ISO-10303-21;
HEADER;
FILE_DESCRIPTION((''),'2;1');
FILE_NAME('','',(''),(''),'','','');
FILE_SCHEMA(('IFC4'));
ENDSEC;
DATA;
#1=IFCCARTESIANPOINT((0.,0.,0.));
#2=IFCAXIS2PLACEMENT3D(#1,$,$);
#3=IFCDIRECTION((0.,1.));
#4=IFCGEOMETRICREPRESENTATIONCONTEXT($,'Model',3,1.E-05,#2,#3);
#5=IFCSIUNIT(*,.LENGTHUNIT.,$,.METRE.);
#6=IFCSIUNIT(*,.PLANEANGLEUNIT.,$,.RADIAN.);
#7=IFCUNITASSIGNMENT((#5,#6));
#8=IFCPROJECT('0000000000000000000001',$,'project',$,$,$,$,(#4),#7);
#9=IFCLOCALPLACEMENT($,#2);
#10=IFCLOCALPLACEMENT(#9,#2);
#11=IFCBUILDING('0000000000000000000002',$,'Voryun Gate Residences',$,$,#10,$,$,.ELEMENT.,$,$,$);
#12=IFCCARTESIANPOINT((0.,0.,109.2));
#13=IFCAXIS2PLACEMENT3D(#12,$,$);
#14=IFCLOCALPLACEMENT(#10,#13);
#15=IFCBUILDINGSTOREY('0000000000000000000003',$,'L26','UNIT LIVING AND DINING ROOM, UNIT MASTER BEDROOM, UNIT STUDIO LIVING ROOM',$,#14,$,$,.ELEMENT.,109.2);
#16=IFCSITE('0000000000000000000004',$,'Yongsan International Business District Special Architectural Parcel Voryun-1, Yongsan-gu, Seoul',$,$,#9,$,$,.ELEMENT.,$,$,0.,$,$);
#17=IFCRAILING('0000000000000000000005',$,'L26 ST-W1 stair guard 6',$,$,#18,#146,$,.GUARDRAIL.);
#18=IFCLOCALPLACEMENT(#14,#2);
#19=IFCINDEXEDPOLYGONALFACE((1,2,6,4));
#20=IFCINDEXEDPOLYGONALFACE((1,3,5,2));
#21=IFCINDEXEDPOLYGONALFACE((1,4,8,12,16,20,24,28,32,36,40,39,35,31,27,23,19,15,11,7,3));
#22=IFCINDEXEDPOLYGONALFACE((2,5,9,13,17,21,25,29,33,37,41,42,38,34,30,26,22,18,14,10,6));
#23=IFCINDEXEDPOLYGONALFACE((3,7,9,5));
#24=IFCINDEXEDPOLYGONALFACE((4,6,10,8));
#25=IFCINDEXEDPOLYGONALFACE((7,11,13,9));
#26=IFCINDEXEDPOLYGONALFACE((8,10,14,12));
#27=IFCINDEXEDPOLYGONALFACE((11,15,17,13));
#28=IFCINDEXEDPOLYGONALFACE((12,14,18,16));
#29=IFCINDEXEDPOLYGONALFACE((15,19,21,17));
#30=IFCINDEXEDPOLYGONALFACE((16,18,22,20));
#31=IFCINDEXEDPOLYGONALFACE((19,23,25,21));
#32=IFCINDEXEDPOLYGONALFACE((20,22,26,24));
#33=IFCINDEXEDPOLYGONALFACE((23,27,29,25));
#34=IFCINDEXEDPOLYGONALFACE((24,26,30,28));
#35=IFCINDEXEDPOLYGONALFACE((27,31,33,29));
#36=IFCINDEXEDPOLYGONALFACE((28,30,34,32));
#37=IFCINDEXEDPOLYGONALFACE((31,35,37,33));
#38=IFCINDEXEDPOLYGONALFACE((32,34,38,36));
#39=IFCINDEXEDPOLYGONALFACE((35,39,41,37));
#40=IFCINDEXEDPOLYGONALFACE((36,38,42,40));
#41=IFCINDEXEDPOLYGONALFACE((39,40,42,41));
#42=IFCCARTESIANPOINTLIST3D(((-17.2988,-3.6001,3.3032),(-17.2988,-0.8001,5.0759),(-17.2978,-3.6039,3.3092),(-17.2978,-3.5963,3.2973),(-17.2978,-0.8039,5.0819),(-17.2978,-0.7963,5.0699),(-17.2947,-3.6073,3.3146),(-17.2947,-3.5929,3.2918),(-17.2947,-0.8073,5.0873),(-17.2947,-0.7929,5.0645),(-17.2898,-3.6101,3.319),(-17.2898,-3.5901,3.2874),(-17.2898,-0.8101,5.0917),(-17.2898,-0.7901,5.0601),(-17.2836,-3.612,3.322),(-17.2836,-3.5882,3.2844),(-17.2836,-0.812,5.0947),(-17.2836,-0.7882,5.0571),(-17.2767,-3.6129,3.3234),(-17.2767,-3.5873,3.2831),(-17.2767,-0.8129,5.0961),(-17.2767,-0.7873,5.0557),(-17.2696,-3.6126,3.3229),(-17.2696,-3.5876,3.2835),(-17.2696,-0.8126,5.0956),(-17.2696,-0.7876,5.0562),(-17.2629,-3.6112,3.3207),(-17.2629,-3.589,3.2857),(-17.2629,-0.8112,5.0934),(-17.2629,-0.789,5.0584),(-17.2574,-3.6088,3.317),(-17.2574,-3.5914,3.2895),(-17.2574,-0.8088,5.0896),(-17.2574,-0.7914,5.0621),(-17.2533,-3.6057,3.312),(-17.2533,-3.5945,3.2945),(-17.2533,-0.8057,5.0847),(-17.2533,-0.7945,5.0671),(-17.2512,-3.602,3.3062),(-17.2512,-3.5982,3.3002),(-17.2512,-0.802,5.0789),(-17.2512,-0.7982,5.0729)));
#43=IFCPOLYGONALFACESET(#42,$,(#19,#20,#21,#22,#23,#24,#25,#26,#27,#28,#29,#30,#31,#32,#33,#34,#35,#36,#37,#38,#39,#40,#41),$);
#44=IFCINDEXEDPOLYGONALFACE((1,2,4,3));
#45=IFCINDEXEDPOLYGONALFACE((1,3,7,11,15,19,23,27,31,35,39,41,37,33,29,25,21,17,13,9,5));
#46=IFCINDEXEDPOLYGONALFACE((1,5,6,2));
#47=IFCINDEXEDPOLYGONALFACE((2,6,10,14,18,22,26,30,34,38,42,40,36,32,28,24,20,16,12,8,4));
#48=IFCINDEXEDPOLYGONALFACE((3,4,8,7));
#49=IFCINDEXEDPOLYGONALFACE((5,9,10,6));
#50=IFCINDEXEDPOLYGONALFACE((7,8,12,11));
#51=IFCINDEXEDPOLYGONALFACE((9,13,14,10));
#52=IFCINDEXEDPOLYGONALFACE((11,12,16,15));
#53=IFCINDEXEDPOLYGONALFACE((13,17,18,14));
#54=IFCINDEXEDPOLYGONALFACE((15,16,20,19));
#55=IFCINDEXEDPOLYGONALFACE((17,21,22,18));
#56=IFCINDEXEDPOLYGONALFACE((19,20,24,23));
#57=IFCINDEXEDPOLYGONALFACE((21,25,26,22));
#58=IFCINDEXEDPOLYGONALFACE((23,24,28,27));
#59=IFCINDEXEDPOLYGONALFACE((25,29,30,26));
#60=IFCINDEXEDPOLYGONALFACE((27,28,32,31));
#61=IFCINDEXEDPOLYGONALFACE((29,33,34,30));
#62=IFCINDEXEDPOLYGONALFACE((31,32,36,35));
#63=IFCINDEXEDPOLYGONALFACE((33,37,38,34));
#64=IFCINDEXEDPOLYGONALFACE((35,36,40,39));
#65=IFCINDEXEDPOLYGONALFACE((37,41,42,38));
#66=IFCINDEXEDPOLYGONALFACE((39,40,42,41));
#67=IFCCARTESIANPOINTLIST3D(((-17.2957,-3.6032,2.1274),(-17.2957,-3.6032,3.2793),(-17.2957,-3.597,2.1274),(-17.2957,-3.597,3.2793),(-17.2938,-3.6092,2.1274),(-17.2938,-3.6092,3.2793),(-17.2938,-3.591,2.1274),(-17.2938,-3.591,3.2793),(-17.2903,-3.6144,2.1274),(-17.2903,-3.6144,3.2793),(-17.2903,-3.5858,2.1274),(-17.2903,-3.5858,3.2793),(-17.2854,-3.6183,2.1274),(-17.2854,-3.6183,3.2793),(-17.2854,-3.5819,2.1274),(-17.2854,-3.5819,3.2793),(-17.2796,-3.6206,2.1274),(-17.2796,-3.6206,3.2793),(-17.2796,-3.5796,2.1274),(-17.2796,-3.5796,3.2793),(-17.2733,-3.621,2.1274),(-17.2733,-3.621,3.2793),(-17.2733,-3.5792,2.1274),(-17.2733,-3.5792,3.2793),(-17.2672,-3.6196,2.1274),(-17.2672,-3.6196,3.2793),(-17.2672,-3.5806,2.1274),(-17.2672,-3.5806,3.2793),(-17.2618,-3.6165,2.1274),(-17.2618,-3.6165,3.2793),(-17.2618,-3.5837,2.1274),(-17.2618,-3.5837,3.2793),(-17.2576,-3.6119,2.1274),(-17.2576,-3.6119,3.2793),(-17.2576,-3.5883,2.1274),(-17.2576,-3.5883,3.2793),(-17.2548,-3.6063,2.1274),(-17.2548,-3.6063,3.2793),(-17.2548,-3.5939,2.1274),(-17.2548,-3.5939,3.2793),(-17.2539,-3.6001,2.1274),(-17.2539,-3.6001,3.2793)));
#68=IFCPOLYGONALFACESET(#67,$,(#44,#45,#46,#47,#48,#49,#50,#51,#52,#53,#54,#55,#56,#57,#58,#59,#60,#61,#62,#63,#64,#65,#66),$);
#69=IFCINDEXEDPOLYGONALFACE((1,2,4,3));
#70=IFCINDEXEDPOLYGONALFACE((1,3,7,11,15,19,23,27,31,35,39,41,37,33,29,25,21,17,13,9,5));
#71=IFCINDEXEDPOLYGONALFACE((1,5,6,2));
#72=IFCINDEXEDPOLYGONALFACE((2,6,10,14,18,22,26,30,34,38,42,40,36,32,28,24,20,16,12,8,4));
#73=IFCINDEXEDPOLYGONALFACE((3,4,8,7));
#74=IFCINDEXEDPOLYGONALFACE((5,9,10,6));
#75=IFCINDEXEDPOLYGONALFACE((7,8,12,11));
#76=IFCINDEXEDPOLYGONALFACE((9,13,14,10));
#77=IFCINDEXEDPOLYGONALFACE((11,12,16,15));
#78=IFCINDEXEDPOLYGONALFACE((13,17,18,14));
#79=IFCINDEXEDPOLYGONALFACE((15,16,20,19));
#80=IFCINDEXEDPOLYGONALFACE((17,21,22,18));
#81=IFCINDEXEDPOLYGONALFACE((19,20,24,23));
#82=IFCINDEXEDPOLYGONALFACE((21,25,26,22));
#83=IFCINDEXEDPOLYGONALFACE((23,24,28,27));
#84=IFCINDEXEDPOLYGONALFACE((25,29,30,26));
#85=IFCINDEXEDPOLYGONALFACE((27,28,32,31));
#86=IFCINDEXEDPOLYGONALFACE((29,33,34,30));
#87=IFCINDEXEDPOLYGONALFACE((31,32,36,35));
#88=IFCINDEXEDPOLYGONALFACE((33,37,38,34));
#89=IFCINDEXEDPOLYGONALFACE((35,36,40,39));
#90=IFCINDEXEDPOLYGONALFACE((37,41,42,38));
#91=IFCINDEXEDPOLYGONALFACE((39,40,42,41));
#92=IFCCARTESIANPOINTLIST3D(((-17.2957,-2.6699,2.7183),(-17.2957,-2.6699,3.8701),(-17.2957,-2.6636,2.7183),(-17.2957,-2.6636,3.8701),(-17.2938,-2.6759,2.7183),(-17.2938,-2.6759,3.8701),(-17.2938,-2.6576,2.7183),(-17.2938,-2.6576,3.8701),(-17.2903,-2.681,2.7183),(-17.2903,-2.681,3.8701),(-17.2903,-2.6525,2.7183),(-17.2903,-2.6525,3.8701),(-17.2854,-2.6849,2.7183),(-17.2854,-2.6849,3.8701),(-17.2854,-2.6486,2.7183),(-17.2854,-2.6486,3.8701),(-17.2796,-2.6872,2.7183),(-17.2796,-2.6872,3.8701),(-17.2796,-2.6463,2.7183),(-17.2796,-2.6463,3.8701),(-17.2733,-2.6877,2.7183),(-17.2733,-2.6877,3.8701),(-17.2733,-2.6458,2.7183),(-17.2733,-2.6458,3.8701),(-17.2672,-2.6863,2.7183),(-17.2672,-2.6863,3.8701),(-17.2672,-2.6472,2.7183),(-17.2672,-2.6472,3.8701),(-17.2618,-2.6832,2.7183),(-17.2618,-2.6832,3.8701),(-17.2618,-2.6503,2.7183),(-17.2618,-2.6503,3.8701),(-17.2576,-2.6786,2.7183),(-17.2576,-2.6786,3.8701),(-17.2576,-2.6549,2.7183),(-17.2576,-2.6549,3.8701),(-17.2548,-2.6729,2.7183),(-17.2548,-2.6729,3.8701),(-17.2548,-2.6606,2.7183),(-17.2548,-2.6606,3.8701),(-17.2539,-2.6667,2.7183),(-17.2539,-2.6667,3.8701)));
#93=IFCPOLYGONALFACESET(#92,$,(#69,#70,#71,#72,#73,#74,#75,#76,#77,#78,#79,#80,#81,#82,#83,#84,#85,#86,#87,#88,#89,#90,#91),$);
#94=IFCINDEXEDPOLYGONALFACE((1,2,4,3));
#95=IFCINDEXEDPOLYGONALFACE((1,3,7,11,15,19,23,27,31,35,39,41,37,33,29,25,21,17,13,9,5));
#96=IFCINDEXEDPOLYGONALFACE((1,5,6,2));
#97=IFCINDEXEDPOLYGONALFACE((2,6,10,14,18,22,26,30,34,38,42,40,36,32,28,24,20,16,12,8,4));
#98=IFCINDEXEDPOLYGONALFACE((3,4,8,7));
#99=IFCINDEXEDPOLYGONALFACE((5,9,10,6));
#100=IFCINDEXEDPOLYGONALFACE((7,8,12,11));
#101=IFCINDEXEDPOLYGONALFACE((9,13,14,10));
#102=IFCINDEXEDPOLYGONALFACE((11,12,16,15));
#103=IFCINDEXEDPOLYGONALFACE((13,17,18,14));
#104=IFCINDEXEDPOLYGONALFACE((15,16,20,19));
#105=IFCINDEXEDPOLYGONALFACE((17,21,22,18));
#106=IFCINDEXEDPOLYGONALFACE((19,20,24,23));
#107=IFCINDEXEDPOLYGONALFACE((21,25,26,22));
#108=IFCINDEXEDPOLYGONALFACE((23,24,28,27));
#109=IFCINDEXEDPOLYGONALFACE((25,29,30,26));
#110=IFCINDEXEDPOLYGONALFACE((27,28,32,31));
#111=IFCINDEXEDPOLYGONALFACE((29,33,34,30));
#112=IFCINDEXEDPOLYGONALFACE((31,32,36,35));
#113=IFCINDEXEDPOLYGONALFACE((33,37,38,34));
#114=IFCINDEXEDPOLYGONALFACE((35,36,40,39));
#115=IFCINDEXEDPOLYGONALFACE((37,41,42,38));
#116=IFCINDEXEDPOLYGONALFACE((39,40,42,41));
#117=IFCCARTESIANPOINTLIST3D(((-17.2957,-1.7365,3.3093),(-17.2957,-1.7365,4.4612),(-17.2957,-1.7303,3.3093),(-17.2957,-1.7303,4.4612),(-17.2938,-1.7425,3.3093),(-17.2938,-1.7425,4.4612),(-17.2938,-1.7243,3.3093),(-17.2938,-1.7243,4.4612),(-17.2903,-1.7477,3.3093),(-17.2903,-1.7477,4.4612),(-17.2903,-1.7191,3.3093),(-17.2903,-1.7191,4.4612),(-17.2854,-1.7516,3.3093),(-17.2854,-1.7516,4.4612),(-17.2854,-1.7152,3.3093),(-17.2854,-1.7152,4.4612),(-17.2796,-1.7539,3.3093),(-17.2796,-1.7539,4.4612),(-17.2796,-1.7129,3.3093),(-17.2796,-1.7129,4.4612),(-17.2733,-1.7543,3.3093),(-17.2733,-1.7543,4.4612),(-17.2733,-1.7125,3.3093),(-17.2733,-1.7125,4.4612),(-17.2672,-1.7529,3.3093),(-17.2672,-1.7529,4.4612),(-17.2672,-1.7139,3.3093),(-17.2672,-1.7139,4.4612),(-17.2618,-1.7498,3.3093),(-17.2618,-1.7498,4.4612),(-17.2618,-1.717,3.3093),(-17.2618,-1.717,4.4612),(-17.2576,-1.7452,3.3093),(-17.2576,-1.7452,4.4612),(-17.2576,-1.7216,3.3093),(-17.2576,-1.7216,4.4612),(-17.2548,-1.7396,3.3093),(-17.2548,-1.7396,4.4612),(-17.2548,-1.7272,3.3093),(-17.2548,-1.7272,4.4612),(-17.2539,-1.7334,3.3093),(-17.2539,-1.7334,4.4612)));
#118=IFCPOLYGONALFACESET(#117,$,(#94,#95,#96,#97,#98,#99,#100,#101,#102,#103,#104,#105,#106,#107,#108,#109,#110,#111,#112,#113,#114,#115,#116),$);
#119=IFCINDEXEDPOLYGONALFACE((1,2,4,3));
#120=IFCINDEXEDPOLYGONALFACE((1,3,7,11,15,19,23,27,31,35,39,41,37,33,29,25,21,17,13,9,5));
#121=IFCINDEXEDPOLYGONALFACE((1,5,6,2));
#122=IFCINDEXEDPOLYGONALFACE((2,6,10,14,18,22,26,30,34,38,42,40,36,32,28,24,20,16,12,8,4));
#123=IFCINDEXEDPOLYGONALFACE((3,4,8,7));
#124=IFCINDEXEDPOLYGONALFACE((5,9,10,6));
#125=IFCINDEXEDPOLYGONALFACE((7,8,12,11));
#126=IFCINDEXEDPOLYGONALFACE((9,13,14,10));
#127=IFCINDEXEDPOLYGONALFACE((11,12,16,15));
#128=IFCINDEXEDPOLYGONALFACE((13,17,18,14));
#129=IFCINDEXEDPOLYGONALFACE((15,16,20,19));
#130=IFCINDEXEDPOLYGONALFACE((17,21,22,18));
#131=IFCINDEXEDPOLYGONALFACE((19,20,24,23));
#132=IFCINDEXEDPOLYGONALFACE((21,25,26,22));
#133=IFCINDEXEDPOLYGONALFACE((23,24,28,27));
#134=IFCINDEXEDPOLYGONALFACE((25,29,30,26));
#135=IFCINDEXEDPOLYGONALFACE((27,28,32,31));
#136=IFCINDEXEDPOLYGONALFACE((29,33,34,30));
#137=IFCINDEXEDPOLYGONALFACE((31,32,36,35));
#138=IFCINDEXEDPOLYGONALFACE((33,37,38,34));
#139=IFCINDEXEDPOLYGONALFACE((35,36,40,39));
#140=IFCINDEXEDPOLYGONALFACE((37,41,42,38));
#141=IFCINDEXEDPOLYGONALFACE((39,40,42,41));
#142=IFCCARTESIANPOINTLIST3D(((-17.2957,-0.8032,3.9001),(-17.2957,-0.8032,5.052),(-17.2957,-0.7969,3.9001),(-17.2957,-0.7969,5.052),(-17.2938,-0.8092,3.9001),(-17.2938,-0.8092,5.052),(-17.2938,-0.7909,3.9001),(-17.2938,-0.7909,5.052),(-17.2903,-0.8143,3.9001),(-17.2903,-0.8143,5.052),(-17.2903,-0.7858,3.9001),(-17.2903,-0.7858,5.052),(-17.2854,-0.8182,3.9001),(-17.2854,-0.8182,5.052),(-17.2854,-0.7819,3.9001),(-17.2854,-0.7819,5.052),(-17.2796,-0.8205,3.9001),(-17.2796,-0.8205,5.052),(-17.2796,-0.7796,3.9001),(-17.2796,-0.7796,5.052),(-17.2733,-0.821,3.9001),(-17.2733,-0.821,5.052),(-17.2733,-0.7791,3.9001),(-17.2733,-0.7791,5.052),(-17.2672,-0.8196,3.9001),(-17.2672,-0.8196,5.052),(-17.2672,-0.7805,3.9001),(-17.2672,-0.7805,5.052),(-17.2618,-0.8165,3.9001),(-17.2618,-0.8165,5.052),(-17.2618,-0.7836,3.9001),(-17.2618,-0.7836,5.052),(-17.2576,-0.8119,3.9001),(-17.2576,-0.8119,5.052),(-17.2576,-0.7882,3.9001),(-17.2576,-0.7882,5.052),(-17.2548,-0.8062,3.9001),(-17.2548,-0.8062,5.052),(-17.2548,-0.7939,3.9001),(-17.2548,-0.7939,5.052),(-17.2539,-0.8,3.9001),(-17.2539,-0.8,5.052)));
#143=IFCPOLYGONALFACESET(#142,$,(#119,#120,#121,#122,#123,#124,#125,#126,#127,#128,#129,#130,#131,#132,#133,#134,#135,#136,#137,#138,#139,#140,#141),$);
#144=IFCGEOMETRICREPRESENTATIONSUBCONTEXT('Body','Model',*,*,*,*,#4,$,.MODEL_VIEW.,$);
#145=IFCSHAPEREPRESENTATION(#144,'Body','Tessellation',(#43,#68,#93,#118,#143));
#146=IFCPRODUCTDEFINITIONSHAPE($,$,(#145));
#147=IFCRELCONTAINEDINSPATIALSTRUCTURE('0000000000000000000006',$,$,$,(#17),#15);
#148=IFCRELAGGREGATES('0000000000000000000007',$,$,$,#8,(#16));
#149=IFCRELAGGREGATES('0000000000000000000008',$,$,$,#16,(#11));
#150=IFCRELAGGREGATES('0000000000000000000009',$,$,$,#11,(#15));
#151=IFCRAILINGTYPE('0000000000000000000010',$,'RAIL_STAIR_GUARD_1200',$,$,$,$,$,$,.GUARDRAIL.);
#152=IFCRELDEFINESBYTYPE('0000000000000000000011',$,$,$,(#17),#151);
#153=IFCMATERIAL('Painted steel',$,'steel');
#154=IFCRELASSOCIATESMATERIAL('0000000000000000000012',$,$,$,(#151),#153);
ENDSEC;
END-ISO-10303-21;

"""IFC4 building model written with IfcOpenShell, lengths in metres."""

from ifc_helpers import new_model, si_unit, direction, frame, origin, origin_2d, place, context, subcontext, project, spatial, circle, extrude, material, type_object, element, save


model = new_model("IFC4")

# Units and contexts
model_context = context("Model", 3, precision=1e-05, world=origin(), true_north=direction((0.0, 1.0)))
body_context = subcontext(model_context, "Body", "Model", "MODEL_VIEW")
ifc_project = project(units=[si_unit("LENGTHUNIT", "METRE"), si_unit("PLANEANGLEUNIT", "RADIAN")], contexts=[model_context])

# Site, building, storey
site_placement = place(None, origin())
site = spatial("IfcSite", under=ifc_project, at=site_placement, Name="Yongsan International Business District Special Architectural Parcel Voryun-1, Yongsan-gu, Seoul", CompositionType="ELEMENT", RefElevation=0.0)
building_placement = place(site_placement, origin())
building = spatial("IfcBuilding", under=site, at=building_placement, Name="Voryun Gate Residences", CompositionType="ELEMENT")
storey_placement = place(building_placement, frame((0.0, 0.0, 109.2)))
storey = spatial("IfcBuildingStorey", under=building, at=storey_placement, Name="L26", Description="UNIT LIVING AND DINING ROOM, UNIT MASTER BEDROOM, UNIT STUDIO LIVING ROOM", CompositionType="ELEMENT", Elevation=109.2)

# Railing
ifc_material_1 = material(Name="Painted steel", Category="steel")
railing_type_1 = type_object("IfcRailingType", Name="RAIL_STAIR_GUARD_1200", PredefinedType="GUARDRAIL", material=ifc_material_1)
railing_1_placement = place(storey_placement, frame((-17.2749, -3.6001, 2.1274)))
element("IfcRailing", 1, at=railing_1_placement, inside=storey, type_object=railing_type_1, Name="L26 ST-W1 stair guard 6", PredefinedType="GUARDRAIL", context=body_context, shape_type="SweptSolid", body=[
    extrude(circle(Radius=0.0239, at=origin_2d()), frame((0.0, 0.0, 1.1758), z_axis=(0.0, 0.844909, 0.53491), x_axis=(-1.0, 0.0, 0.0)), (0.0, 0.0, 1.0), 3.314),
    extrude(circle(Radius=0.021, at=origin_2d()), origin(), (0.0, 0.0, 1.0), 1.1519),
    extrude(circle(Radius=0.021, at=origin_2d()), frame((0.0, 0.9333, 0.5908)), (0.0, 0.0, 1.0), 1.1519),
    extrude(circle(Radius=0.021, at=origin_2d()), frame((0.0, 1.8667, 1.1819)), (0.0, 0.0, 1.0), 1.1519),
    extrude(circle(Radius=0.021, at=origin_2d()), frame((0.0, 2.8, 1.7727)), (0.0, 0.0, 1.0), 1.1519),
])

save(model, "model.ifc")
